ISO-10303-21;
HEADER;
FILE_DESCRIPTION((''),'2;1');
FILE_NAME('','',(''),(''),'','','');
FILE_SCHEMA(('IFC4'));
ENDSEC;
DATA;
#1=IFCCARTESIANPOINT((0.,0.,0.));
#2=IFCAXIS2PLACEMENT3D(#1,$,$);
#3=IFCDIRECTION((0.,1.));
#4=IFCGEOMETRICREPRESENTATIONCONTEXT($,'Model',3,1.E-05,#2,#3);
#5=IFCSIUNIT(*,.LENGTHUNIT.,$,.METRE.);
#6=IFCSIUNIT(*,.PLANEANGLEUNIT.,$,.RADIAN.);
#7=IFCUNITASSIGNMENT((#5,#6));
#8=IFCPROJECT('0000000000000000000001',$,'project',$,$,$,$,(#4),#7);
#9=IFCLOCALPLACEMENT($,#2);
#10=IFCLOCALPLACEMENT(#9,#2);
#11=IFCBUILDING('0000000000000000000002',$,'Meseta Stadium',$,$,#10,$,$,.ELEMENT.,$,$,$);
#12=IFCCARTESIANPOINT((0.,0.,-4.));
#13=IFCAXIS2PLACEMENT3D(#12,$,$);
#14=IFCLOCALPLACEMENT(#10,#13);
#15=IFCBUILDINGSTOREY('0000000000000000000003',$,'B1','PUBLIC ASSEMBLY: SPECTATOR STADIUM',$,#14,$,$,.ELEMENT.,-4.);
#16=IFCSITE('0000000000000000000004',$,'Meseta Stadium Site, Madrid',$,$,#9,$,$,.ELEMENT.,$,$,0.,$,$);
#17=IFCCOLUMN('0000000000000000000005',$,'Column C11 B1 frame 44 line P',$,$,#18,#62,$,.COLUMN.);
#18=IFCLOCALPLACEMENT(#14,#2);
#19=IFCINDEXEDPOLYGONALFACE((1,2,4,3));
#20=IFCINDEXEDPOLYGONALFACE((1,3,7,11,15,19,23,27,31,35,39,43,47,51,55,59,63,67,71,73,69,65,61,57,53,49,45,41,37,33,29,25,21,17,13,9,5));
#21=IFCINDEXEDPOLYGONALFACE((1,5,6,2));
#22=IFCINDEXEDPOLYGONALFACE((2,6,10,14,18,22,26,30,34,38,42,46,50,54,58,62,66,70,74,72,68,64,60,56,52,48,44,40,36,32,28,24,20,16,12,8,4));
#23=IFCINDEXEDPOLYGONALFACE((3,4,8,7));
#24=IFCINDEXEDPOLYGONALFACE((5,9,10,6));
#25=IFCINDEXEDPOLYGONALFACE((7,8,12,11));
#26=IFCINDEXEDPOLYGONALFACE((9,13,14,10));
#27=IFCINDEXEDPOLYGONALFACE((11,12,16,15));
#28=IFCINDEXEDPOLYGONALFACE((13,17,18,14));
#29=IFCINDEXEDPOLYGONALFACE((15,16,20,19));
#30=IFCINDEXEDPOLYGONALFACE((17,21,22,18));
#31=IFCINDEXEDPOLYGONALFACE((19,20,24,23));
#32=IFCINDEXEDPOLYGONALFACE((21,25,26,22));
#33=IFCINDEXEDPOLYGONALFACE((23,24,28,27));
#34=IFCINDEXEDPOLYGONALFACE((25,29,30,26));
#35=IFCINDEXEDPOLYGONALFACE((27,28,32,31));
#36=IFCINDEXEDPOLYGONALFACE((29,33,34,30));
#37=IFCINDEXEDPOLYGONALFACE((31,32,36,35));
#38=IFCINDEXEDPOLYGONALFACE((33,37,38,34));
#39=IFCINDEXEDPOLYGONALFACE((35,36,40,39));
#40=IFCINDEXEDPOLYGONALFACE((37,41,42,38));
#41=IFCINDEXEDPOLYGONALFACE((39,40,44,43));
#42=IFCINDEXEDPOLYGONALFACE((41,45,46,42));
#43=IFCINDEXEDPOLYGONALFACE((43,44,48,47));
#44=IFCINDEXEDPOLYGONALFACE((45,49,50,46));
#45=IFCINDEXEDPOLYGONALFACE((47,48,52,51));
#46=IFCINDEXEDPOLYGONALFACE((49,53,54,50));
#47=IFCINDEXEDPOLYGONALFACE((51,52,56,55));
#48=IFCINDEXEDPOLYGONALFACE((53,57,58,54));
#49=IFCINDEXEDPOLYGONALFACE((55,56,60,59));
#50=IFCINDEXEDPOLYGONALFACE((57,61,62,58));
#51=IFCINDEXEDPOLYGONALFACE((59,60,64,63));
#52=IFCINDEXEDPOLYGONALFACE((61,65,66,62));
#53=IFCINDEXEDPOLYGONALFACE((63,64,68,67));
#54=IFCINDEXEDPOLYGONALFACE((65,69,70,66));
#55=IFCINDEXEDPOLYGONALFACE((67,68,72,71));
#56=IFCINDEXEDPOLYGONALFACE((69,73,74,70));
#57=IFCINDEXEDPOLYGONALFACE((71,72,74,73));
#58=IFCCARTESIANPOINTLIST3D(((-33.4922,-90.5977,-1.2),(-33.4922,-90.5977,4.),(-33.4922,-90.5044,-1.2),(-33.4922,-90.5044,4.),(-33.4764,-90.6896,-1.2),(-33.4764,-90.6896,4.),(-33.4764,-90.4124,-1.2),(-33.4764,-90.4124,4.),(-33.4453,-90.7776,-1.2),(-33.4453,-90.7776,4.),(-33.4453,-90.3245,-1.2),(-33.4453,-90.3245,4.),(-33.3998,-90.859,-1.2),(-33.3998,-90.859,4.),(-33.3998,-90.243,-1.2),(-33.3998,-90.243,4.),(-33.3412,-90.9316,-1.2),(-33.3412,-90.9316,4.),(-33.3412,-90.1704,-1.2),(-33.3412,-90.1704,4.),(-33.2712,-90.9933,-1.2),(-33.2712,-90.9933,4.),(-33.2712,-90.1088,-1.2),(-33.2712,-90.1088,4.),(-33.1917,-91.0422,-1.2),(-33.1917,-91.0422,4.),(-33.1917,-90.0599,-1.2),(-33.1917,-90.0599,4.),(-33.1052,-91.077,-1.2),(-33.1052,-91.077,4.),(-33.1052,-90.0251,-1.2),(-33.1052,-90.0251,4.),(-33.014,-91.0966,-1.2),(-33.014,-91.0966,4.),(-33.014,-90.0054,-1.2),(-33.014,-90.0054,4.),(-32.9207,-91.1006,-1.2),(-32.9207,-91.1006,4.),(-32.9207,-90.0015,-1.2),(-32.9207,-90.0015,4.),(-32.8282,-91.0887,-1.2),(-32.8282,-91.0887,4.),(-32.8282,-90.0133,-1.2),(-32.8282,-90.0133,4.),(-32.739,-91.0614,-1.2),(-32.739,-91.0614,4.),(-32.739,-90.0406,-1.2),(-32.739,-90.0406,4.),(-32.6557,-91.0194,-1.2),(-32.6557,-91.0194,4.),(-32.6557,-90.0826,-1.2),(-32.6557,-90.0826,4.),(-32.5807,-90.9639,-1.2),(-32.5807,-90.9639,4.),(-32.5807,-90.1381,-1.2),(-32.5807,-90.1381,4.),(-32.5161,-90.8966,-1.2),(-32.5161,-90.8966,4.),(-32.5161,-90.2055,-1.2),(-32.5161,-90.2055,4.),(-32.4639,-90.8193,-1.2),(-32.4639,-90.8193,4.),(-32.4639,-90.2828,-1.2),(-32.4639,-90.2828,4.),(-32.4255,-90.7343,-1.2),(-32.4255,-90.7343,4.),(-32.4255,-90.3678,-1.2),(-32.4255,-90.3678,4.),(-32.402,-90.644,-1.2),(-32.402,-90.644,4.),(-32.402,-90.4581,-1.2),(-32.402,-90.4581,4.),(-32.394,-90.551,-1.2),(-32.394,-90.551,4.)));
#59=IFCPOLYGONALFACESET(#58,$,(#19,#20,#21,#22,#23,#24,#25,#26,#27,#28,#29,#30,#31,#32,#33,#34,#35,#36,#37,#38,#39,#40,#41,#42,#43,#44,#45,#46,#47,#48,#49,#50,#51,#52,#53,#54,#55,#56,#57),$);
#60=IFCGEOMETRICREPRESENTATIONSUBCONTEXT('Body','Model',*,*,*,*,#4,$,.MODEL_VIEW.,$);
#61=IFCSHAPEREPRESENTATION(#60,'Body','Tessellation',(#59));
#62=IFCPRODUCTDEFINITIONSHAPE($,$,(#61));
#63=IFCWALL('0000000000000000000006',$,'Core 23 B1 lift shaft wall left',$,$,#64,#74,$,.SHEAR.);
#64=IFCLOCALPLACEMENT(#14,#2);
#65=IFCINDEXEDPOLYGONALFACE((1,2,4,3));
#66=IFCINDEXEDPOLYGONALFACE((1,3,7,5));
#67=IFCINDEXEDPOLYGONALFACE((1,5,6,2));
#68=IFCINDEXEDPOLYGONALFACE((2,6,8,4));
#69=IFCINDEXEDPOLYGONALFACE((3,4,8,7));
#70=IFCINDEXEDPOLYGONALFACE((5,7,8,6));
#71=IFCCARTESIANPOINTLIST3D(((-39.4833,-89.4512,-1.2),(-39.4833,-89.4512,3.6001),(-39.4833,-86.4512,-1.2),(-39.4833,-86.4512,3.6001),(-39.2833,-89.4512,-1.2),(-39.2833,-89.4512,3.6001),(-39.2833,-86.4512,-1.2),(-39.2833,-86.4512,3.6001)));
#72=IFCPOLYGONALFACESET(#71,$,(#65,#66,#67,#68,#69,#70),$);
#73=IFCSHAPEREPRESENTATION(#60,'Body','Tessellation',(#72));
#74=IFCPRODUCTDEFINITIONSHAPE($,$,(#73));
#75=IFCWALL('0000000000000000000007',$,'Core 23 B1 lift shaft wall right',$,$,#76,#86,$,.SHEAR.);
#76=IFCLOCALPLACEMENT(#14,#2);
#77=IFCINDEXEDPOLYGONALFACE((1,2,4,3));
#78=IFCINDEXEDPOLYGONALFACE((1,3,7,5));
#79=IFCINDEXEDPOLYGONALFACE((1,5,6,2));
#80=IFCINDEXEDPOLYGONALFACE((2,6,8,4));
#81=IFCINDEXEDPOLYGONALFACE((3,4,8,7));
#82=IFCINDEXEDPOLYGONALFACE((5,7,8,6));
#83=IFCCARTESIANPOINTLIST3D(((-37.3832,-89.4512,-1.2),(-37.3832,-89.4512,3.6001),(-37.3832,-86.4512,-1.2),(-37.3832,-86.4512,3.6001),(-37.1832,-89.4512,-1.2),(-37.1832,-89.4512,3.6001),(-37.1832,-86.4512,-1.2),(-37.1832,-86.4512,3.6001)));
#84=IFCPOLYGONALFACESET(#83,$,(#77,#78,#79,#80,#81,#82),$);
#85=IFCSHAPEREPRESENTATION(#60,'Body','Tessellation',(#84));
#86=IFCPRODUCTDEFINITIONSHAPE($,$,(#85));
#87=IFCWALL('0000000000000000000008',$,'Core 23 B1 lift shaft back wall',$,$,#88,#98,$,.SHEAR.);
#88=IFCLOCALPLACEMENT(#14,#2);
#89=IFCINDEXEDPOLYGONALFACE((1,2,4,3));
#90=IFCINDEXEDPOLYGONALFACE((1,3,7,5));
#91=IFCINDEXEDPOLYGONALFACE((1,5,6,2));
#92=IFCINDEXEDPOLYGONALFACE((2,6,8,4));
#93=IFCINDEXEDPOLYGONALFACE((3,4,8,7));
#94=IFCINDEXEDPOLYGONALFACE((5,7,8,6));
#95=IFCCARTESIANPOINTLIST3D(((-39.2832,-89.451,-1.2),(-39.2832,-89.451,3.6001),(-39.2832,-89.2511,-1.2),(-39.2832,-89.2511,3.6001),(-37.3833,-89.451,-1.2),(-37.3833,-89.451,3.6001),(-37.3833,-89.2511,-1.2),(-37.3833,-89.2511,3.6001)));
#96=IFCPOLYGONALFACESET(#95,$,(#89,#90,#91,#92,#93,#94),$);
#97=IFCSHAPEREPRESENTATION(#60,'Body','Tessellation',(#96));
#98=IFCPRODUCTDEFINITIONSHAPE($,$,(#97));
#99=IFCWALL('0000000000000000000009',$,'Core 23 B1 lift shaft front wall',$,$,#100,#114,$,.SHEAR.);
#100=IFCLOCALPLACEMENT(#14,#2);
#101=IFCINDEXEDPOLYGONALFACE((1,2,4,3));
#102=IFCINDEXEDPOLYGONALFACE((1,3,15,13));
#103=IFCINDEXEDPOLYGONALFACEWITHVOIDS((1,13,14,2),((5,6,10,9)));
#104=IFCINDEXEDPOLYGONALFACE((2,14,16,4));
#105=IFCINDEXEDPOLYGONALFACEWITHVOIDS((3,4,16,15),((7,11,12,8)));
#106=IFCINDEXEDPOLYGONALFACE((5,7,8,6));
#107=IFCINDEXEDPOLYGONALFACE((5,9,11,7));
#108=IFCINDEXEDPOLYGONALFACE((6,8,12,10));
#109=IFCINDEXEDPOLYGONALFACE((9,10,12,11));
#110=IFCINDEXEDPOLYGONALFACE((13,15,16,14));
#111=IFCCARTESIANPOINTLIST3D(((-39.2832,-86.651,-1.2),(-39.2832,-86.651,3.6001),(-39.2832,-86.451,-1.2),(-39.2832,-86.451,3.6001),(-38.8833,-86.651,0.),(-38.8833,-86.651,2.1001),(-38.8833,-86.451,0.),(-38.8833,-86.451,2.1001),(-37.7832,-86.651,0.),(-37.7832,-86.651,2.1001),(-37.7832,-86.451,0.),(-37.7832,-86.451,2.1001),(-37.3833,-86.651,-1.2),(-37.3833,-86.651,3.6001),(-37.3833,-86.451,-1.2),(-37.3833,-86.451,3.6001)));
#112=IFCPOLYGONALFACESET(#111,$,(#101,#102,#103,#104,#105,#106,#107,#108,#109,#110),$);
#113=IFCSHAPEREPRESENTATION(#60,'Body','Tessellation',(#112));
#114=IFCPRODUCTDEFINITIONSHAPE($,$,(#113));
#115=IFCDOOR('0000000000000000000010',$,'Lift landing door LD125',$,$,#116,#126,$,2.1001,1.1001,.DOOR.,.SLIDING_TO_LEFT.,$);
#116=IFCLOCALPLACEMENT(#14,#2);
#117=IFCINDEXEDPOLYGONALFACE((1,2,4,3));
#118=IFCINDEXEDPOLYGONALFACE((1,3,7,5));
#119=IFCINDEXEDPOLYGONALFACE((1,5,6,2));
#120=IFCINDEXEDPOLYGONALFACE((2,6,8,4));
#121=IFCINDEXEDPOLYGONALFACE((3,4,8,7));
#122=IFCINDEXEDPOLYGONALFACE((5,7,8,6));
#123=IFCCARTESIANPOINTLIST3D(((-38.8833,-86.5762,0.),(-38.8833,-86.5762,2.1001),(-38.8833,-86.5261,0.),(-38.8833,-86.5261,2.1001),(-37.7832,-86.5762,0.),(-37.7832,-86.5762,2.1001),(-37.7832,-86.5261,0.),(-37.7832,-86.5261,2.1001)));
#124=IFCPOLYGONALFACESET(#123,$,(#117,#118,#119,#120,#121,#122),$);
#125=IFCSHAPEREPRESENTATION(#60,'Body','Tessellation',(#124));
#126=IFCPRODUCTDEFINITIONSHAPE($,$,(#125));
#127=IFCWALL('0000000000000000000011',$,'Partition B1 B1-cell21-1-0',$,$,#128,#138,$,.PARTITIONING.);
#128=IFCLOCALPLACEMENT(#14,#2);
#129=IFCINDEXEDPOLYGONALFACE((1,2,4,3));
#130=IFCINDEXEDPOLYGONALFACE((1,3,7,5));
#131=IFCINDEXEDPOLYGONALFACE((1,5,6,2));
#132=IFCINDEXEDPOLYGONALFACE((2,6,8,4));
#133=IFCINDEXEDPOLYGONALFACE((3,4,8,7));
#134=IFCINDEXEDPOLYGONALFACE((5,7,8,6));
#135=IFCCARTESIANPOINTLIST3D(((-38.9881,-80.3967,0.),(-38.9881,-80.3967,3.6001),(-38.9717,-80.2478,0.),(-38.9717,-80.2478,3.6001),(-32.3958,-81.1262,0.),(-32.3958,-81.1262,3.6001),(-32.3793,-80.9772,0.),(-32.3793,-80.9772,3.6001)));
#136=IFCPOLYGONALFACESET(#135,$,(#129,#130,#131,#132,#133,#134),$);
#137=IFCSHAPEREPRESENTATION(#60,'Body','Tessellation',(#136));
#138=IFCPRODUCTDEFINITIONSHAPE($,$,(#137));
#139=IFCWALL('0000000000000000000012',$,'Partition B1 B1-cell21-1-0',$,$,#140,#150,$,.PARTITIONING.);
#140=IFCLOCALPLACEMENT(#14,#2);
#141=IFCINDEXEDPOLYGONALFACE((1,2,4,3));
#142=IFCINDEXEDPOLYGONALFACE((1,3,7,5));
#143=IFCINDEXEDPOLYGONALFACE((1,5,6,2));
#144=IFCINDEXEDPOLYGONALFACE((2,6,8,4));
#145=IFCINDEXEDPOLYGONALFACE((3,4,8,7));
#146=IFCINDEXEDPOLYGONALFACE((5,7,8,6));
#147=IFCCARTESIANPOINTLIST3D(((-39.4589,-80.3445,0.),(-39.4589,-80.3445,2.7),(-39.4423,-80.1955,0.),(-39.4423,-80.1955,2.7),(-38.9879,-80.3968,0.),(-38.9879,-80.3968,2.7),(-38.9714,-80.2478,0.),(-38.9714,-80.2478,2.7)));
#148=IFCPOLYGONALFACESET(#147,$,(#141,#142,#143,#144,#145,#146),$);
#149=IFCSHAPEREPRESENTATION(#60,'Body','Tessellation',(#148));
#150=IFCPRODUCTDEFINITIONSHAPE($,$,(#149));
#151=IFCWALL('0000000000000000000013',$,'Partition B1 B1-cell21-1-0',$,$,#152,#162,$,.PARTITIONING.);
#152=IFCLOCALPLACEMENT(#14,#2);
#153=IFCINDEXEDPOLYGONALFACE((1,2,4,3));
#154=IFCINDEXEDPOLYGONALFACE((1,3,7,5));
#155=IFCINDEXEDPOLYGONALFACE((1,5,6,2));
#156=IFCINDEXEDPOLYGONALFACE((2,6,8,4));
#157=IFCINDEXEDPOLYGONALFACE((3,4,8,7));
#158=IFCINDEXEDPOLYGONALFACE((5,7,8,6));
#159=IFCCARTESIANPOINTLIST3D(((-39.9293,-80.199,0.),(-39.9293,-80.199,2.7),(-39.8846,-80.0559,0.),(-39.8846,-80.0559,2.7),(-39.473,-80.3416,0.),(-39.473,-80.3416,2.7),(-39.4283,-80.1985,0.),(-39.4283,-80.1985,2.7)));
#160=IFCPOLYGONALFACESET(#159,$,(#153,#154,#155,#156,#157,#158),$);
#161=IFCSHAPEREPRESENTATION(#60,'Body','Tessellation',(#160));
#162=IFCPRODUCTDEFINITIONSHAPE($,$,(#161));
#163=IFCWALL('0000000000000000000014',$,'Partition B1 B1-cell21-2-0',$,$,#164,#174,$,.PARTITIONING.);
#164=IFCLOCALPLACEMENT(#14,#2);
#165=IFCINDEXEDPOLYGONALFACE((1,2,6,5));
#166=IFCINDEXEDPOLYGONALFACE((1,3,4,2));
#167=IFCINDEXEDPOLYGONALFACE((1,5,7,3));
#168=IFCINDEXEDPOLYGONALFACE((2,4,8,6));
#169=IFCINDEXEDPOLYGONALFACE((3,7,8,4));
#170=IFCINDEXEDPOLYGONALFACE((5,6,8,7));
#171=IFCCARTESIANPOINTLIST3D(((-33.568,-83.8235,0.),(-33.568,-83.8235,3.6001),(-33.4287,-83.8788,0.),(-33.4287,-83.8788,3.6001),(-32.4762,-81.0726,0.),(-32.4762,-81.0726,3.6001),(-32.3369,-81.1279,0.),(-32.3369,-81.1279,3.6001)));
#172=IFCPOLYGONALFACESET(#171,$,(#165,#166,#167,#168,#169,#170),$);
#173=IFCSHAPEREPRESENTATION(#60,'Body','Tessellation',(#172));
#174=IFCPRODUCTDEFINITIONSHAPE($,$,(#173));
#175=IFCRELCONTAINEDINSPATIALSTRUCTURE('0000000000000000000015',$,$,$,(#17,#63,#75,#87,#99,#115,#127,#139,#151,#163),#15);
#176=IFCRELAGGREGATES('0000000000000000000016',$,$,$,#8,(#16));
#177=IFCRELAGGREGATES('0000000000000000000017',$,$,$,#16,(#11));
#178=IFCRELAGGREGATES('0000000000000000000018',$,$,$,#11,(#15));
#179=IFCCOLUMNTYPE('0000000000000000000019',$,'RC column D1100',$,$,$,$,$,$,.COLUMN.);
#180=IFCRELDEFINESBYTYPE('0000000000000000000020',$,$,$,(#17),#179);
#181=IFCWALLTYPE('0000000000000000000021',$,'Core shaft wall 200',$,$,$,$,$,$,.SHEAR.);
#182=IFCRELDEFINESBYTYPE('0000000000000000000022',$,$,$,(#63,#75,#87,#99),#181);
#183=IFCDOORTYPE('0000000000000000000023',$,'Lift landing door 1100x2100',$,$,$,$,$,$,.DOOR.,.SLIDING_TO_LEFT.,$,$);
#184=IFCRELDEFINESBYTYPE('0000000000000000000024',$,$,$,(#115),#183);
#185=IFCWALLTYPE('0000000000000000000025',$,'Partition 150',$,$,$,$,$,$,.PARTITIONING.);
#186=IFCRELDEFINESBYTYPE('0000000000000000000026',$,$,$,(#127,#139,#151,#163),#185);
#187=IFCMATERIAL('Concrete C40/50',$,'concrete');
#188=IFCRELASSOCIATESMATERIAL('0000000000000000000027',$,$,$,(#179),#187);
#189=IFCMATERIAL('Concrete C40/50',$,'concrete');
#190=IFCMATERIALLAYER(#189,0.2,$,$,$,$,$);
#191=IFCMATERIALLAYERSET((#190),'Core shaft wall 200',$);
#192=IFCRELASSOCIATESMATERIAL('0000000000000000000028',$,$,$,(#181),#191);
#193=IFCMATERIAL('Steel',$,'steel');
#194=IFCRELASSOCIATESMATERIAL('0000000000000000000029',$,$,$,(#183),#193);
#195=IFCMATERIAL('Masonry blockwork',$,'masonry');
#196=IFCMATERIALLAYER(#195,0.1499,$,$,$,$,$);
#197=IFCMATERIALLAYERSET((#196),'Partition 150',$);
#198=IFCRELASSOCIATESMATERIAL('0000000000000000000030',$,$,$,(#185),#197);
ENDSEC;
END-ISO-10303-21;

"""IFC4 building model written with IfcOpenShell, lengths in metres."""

from ifc_helpers import new_model, si_unit, direction, frame, frame_2d, origin, origin_2d, place, context, subcontext, project, spatial, rectangle, circle, extrude, material, layer, layer_set, material_profile, profile_set, type_object, element, fill, save


model = new_model("IFC4")

# Units and contexts
model_context = context("Model", 3, precision=1e-05, world=origin(), true_north=direction((0.0, 1.0)))
body_context = subcontext(model_context, "Body", "Model", "MODEL_VIEW")
ifc_project = project(units=[si_unit("LENGTHUNIT", "METRE"), si_unit("PLANEANGLEUNIT", "RADIAN")], contexts=[model_context])

# Site, building, storey
site_placement = place(None, origin())
site = spatial("IfcSite", under=ifc_project, at=site_placement, Name="Meseta Stadium Site, Madrid", CompositionType="ELEMENT", RefElevation=0.0)
building_placement = place(site_placement, origin())
building = spatial("IfcBuilding", under=site, at=building_placement, Name="Meseta Stadium", CompositionType="ELEMENT")
storey_placement = place(building_placement, frame((0.0, 0.0, -4.0)))
storey = spatial("IfcBuildingStorey", under=building, at=storey_placement, Name="B1", Description="PUBLIC ASSEMBLY: SPECTATOR STADIUM", CompositionType="ELEMENT", Elevation=-4.0)

# Column
ifc_material_1 = material(Name="Concrete C40/50", Category="concrete")
ifc_material_profile = material_profile(ifc_material_1, circle(Radius=0.55, at=origin_2d()), Name="RC D1100")
ifc_profile_set = profile_set([ifc_material_profile], Name="Concrete C40/50")
column_type = type_object("IfcColumnType", Name="RC column D1100", PredefinedType="COLUMN", material=ifc_profile_set)
column_placement = place(storey_placement, frame((-32.9441, -90.551, -1.2), z_axis=(0.0, 0.0, 1.0), x_axis=(1.0, 0.0, 0.0)))
element("IfcColumn", 1, at=column_placement, inside=storey, type_object=column_type, Name="Column C11 B1 frame 44 line P", PredefinedType="COLUMN", context=body_context, shape_type="SweptSolid", body=[
    extrude(circle(Radius=0.55, at=origin_2d()), origin(), (0.0, 0.0, 1.0), 5.2),
])

# Walls
ifc_material_2 = material(Name="Concrete C40/50", Category="concrete")
ifc_layer_1 = layer(ifc_material_2, 0.2)
ifc_layer_set_1 = layer_set([ifc_layer_1], Name="Core shaft wall 200")
wall_type_1 = type_object("IfcWallType", Name="Core shaft wall 200", PredefinedType="SHEAR", material=ifc_layer_set_1)
for number, where, z_axis, x_axis, name in (
    (2, (-39.3833, -89.4512, -1.2), (0.0, 0.0, 1.0), (0.0, 1.0, 0.0), "Core 23 B1 lift shaft wall left"),
    (3, (-37.2832, -89.4512, -1.2), (0.0, 0.0, 1.0), (0.0, 1.0, 0.0), "Core 23 B1 lift shaft wall right"),
):
    element("IfcWall", number, at=place(storey_placement, frame(where, z_axis=z_axis, x_axis=x_axis)), inside=storey, type_object=wall_type_1, Name=name, PredefinedType="SHEAR", context=body_context, shape_type="SweptSolid", body=[
        extrude(rectangle(XDim=3.0, YDim=0.2, at=frame_2d((1.5, 0.0))), origin(), (0.0, 0.0, 1.0), 4.8),
    ])
wall_1_placement = place(storey_placement, frame((-39.2832, -89.3511, -1.2), z_axis=(0.0, 0.0, 1.0), x_axis=(1.0, 0.0, 0.0)))
element("IfcWall", 4, at=wall_1_placement, inside=storey, type_object=wall_type_1, Name="Core 23 B1 lift shaft back wall", PredefinedType="SHEAR", context=body_context, shape_type="SweptSolid", body=[
    extrude(rectangle(XDim=1.8999, YDim=0.2, at=frame_2d((0.95, 0.0))), origin(), (0.0, 0.0, 1.0), 4.8),
])

# Wall, opening, door
wall_2_placement = place(storey_placement, frame((-39.2832, -86.551, -1.2), z_axis=(0.0, 0.0, 1.0), x_axis=(1.0, 0.0, 0.0)))
wall_2 = element("IfcWall", 5, at=wall_2_placement, inside=storey, type_object=wall_type_1, Name="Core 23 B1 lift shaft front wall", PredefinedType="SHEAR", context=body_context, shape_type="SweptSolid", body=[
    extrude(rectangle(XDim=1.8999, YDim=0.2, at=frame_2d((0.95, 0.0))), origin(), (0.0, 0.0, 1.0), 4.8),
])
opening_1_placement = place(wall_2_placement, frame((0.3999, 0.0, 1.2)))
opening_1 = element("IfcOpeningElement", 6, at=opening_1_placement, cuts=wall_2, PredefinedType="OPENING", context=body_context, shape_type="SweptSolid", body=[
    extrude(rectangle(XDim=1.1001, YDim=2.1001, at=frame_2d((0.55, 1.05))), frame((0.0, 0.1099, 0.0), z_axis=(0.0, -1.0, 0.0), x_axis=(1.0, 0.0, 0.0)), (0.0, 0.0, 1.0), 0.22),
])
ifc_material_3 = material(Name="Steel", Category="steel")
door_type_1 = type_object("IfcDoorType", Name="Lift landing door 1100x2100", OperationType="SLIDING_TO_LEFT", PredefinedType="DOOR", material=ifc_material_3)
door_1_placement = place(opening_1_placement, origin())
door_1 = element("IfcDoor", 7, at=door_1_placement, inside=storey, type_object=door_type_1, Name="Lift landing door LD125", OperationType="SLIDING_TO_LEFT", OverallHeight=2.1001, OverallWidth=1.1001, PredefinedType="DOOR", context=body_context, shape_type="SweptSolid", body=[
    extrude(rectangle(XDim=1.1001, YDim=2.1001, at=frame_2d((0.55, 1.05))), frame((0.0, 0.0249, 0.0), z_axis=(0.0, -1.0, 0.0), x_axis=(1.0, 0.0, 0.0)), (0.0, 0.0, 1.0), 0.05),
])
fill(opening_1, door_1)

# Walls
ifc_material_4 = material(Name="Masonry blockwork", Category="masonry")
ifc_layer_2 = layer(ifc_material_4, 0.1499)
ifc_layer_set_2 = layer_set([ifc_layer_2], Name="Partition 150")
wall_type_2 = type_object("IfcWallType", Name="Partition 150", PredefinedType="PARTITIONING", material=ifc_layer_set_2)
wall_3_placement = place(storey_placement, frame((-32.3875, -81.0518, 0.0), z_axis=(0.0, 0.0, 1.0), x_axis=(-0.993933, 0.109987, 0.0)))
element("IfcWall", 8, at=wall_3_placement, inside=storey, type_object=wall_type_2, Name="Partition B1 B1-cell21-1-0", PredefinedType="PARTITIONING", context=body_context, shape_type="SweptSolid", body=[
    extrude(rectangle(XDim=6.6326, YDim=0.1499, at=frame_2d((3.3164, 0.0))), origin(), (0.0, 0.0, 1.0), 3.6001),
])
wall_4_placement = place(storey_placement, frame((-38.9797, -80.3223, 0.0), z_axis=(0.0, 0.0, 1.0), x_axis=(-0.993903, 0.110262, 0.0)))
element("IfcWall", 9, at=wall_4_placement, inside=storey, type_object=wall_type_2, Name="Partition B1 B1-cell21-1-0", PredefinedType="PARTITIONING", context=body_context, shape_type="SweptSolid", body=[
    extrude(rectangle(XDim=0.4739, YDim=0.1499, at=frame_2d((0.2368, 0.0))), origin(), (0.0, 0.0, 1.0), 2.7),
])
wall_5_placement = place(storey_placement, frame((-39.4507, -80.27, 0.0), z_axis=(0.0, 0.0, 1.0), x_axis=(-0.954489, 0.298246, 0.0)))
element("IfcWall", 10, at=wall_5_placement, inside=storey, type_object=wall_type_2, Name="Partition B1 B1-cell21-1-0", PredefinedType="PARTITIONING", context=body_context, shape_type="SweptSolid", body=[
    extrude(rectangle(XDim=0.478, YDim=0.1499, at=frame_2d((0.239, 0.0))), origin(), (0.0, 0.0, 1.0), 2.7),
])
wall_6_placement = place(storey_placement, frame((-32.4065, -81.1001, 0.0), z_axis=(0.0, 0.0, 1.0), x_axis=(-0.368886, -0.929475, 0.0)))
element("IfcWall", 11, at=wall_6_placement, inside=storey, type_object=wall_type_2, Name="Partition B1 B1-cell21-2-0", PredefinedType="PARTITIONING", context=body_context, shape_type="SweptSolid", body=[
    extrude(rectangle(XDim=2.9597, YDim=0.1499, at=frame_2d((1.48, 0.0))), origin(), (0.0, 0.0, 1.0), 3.6001),
])

save(model, "model.ifc")
